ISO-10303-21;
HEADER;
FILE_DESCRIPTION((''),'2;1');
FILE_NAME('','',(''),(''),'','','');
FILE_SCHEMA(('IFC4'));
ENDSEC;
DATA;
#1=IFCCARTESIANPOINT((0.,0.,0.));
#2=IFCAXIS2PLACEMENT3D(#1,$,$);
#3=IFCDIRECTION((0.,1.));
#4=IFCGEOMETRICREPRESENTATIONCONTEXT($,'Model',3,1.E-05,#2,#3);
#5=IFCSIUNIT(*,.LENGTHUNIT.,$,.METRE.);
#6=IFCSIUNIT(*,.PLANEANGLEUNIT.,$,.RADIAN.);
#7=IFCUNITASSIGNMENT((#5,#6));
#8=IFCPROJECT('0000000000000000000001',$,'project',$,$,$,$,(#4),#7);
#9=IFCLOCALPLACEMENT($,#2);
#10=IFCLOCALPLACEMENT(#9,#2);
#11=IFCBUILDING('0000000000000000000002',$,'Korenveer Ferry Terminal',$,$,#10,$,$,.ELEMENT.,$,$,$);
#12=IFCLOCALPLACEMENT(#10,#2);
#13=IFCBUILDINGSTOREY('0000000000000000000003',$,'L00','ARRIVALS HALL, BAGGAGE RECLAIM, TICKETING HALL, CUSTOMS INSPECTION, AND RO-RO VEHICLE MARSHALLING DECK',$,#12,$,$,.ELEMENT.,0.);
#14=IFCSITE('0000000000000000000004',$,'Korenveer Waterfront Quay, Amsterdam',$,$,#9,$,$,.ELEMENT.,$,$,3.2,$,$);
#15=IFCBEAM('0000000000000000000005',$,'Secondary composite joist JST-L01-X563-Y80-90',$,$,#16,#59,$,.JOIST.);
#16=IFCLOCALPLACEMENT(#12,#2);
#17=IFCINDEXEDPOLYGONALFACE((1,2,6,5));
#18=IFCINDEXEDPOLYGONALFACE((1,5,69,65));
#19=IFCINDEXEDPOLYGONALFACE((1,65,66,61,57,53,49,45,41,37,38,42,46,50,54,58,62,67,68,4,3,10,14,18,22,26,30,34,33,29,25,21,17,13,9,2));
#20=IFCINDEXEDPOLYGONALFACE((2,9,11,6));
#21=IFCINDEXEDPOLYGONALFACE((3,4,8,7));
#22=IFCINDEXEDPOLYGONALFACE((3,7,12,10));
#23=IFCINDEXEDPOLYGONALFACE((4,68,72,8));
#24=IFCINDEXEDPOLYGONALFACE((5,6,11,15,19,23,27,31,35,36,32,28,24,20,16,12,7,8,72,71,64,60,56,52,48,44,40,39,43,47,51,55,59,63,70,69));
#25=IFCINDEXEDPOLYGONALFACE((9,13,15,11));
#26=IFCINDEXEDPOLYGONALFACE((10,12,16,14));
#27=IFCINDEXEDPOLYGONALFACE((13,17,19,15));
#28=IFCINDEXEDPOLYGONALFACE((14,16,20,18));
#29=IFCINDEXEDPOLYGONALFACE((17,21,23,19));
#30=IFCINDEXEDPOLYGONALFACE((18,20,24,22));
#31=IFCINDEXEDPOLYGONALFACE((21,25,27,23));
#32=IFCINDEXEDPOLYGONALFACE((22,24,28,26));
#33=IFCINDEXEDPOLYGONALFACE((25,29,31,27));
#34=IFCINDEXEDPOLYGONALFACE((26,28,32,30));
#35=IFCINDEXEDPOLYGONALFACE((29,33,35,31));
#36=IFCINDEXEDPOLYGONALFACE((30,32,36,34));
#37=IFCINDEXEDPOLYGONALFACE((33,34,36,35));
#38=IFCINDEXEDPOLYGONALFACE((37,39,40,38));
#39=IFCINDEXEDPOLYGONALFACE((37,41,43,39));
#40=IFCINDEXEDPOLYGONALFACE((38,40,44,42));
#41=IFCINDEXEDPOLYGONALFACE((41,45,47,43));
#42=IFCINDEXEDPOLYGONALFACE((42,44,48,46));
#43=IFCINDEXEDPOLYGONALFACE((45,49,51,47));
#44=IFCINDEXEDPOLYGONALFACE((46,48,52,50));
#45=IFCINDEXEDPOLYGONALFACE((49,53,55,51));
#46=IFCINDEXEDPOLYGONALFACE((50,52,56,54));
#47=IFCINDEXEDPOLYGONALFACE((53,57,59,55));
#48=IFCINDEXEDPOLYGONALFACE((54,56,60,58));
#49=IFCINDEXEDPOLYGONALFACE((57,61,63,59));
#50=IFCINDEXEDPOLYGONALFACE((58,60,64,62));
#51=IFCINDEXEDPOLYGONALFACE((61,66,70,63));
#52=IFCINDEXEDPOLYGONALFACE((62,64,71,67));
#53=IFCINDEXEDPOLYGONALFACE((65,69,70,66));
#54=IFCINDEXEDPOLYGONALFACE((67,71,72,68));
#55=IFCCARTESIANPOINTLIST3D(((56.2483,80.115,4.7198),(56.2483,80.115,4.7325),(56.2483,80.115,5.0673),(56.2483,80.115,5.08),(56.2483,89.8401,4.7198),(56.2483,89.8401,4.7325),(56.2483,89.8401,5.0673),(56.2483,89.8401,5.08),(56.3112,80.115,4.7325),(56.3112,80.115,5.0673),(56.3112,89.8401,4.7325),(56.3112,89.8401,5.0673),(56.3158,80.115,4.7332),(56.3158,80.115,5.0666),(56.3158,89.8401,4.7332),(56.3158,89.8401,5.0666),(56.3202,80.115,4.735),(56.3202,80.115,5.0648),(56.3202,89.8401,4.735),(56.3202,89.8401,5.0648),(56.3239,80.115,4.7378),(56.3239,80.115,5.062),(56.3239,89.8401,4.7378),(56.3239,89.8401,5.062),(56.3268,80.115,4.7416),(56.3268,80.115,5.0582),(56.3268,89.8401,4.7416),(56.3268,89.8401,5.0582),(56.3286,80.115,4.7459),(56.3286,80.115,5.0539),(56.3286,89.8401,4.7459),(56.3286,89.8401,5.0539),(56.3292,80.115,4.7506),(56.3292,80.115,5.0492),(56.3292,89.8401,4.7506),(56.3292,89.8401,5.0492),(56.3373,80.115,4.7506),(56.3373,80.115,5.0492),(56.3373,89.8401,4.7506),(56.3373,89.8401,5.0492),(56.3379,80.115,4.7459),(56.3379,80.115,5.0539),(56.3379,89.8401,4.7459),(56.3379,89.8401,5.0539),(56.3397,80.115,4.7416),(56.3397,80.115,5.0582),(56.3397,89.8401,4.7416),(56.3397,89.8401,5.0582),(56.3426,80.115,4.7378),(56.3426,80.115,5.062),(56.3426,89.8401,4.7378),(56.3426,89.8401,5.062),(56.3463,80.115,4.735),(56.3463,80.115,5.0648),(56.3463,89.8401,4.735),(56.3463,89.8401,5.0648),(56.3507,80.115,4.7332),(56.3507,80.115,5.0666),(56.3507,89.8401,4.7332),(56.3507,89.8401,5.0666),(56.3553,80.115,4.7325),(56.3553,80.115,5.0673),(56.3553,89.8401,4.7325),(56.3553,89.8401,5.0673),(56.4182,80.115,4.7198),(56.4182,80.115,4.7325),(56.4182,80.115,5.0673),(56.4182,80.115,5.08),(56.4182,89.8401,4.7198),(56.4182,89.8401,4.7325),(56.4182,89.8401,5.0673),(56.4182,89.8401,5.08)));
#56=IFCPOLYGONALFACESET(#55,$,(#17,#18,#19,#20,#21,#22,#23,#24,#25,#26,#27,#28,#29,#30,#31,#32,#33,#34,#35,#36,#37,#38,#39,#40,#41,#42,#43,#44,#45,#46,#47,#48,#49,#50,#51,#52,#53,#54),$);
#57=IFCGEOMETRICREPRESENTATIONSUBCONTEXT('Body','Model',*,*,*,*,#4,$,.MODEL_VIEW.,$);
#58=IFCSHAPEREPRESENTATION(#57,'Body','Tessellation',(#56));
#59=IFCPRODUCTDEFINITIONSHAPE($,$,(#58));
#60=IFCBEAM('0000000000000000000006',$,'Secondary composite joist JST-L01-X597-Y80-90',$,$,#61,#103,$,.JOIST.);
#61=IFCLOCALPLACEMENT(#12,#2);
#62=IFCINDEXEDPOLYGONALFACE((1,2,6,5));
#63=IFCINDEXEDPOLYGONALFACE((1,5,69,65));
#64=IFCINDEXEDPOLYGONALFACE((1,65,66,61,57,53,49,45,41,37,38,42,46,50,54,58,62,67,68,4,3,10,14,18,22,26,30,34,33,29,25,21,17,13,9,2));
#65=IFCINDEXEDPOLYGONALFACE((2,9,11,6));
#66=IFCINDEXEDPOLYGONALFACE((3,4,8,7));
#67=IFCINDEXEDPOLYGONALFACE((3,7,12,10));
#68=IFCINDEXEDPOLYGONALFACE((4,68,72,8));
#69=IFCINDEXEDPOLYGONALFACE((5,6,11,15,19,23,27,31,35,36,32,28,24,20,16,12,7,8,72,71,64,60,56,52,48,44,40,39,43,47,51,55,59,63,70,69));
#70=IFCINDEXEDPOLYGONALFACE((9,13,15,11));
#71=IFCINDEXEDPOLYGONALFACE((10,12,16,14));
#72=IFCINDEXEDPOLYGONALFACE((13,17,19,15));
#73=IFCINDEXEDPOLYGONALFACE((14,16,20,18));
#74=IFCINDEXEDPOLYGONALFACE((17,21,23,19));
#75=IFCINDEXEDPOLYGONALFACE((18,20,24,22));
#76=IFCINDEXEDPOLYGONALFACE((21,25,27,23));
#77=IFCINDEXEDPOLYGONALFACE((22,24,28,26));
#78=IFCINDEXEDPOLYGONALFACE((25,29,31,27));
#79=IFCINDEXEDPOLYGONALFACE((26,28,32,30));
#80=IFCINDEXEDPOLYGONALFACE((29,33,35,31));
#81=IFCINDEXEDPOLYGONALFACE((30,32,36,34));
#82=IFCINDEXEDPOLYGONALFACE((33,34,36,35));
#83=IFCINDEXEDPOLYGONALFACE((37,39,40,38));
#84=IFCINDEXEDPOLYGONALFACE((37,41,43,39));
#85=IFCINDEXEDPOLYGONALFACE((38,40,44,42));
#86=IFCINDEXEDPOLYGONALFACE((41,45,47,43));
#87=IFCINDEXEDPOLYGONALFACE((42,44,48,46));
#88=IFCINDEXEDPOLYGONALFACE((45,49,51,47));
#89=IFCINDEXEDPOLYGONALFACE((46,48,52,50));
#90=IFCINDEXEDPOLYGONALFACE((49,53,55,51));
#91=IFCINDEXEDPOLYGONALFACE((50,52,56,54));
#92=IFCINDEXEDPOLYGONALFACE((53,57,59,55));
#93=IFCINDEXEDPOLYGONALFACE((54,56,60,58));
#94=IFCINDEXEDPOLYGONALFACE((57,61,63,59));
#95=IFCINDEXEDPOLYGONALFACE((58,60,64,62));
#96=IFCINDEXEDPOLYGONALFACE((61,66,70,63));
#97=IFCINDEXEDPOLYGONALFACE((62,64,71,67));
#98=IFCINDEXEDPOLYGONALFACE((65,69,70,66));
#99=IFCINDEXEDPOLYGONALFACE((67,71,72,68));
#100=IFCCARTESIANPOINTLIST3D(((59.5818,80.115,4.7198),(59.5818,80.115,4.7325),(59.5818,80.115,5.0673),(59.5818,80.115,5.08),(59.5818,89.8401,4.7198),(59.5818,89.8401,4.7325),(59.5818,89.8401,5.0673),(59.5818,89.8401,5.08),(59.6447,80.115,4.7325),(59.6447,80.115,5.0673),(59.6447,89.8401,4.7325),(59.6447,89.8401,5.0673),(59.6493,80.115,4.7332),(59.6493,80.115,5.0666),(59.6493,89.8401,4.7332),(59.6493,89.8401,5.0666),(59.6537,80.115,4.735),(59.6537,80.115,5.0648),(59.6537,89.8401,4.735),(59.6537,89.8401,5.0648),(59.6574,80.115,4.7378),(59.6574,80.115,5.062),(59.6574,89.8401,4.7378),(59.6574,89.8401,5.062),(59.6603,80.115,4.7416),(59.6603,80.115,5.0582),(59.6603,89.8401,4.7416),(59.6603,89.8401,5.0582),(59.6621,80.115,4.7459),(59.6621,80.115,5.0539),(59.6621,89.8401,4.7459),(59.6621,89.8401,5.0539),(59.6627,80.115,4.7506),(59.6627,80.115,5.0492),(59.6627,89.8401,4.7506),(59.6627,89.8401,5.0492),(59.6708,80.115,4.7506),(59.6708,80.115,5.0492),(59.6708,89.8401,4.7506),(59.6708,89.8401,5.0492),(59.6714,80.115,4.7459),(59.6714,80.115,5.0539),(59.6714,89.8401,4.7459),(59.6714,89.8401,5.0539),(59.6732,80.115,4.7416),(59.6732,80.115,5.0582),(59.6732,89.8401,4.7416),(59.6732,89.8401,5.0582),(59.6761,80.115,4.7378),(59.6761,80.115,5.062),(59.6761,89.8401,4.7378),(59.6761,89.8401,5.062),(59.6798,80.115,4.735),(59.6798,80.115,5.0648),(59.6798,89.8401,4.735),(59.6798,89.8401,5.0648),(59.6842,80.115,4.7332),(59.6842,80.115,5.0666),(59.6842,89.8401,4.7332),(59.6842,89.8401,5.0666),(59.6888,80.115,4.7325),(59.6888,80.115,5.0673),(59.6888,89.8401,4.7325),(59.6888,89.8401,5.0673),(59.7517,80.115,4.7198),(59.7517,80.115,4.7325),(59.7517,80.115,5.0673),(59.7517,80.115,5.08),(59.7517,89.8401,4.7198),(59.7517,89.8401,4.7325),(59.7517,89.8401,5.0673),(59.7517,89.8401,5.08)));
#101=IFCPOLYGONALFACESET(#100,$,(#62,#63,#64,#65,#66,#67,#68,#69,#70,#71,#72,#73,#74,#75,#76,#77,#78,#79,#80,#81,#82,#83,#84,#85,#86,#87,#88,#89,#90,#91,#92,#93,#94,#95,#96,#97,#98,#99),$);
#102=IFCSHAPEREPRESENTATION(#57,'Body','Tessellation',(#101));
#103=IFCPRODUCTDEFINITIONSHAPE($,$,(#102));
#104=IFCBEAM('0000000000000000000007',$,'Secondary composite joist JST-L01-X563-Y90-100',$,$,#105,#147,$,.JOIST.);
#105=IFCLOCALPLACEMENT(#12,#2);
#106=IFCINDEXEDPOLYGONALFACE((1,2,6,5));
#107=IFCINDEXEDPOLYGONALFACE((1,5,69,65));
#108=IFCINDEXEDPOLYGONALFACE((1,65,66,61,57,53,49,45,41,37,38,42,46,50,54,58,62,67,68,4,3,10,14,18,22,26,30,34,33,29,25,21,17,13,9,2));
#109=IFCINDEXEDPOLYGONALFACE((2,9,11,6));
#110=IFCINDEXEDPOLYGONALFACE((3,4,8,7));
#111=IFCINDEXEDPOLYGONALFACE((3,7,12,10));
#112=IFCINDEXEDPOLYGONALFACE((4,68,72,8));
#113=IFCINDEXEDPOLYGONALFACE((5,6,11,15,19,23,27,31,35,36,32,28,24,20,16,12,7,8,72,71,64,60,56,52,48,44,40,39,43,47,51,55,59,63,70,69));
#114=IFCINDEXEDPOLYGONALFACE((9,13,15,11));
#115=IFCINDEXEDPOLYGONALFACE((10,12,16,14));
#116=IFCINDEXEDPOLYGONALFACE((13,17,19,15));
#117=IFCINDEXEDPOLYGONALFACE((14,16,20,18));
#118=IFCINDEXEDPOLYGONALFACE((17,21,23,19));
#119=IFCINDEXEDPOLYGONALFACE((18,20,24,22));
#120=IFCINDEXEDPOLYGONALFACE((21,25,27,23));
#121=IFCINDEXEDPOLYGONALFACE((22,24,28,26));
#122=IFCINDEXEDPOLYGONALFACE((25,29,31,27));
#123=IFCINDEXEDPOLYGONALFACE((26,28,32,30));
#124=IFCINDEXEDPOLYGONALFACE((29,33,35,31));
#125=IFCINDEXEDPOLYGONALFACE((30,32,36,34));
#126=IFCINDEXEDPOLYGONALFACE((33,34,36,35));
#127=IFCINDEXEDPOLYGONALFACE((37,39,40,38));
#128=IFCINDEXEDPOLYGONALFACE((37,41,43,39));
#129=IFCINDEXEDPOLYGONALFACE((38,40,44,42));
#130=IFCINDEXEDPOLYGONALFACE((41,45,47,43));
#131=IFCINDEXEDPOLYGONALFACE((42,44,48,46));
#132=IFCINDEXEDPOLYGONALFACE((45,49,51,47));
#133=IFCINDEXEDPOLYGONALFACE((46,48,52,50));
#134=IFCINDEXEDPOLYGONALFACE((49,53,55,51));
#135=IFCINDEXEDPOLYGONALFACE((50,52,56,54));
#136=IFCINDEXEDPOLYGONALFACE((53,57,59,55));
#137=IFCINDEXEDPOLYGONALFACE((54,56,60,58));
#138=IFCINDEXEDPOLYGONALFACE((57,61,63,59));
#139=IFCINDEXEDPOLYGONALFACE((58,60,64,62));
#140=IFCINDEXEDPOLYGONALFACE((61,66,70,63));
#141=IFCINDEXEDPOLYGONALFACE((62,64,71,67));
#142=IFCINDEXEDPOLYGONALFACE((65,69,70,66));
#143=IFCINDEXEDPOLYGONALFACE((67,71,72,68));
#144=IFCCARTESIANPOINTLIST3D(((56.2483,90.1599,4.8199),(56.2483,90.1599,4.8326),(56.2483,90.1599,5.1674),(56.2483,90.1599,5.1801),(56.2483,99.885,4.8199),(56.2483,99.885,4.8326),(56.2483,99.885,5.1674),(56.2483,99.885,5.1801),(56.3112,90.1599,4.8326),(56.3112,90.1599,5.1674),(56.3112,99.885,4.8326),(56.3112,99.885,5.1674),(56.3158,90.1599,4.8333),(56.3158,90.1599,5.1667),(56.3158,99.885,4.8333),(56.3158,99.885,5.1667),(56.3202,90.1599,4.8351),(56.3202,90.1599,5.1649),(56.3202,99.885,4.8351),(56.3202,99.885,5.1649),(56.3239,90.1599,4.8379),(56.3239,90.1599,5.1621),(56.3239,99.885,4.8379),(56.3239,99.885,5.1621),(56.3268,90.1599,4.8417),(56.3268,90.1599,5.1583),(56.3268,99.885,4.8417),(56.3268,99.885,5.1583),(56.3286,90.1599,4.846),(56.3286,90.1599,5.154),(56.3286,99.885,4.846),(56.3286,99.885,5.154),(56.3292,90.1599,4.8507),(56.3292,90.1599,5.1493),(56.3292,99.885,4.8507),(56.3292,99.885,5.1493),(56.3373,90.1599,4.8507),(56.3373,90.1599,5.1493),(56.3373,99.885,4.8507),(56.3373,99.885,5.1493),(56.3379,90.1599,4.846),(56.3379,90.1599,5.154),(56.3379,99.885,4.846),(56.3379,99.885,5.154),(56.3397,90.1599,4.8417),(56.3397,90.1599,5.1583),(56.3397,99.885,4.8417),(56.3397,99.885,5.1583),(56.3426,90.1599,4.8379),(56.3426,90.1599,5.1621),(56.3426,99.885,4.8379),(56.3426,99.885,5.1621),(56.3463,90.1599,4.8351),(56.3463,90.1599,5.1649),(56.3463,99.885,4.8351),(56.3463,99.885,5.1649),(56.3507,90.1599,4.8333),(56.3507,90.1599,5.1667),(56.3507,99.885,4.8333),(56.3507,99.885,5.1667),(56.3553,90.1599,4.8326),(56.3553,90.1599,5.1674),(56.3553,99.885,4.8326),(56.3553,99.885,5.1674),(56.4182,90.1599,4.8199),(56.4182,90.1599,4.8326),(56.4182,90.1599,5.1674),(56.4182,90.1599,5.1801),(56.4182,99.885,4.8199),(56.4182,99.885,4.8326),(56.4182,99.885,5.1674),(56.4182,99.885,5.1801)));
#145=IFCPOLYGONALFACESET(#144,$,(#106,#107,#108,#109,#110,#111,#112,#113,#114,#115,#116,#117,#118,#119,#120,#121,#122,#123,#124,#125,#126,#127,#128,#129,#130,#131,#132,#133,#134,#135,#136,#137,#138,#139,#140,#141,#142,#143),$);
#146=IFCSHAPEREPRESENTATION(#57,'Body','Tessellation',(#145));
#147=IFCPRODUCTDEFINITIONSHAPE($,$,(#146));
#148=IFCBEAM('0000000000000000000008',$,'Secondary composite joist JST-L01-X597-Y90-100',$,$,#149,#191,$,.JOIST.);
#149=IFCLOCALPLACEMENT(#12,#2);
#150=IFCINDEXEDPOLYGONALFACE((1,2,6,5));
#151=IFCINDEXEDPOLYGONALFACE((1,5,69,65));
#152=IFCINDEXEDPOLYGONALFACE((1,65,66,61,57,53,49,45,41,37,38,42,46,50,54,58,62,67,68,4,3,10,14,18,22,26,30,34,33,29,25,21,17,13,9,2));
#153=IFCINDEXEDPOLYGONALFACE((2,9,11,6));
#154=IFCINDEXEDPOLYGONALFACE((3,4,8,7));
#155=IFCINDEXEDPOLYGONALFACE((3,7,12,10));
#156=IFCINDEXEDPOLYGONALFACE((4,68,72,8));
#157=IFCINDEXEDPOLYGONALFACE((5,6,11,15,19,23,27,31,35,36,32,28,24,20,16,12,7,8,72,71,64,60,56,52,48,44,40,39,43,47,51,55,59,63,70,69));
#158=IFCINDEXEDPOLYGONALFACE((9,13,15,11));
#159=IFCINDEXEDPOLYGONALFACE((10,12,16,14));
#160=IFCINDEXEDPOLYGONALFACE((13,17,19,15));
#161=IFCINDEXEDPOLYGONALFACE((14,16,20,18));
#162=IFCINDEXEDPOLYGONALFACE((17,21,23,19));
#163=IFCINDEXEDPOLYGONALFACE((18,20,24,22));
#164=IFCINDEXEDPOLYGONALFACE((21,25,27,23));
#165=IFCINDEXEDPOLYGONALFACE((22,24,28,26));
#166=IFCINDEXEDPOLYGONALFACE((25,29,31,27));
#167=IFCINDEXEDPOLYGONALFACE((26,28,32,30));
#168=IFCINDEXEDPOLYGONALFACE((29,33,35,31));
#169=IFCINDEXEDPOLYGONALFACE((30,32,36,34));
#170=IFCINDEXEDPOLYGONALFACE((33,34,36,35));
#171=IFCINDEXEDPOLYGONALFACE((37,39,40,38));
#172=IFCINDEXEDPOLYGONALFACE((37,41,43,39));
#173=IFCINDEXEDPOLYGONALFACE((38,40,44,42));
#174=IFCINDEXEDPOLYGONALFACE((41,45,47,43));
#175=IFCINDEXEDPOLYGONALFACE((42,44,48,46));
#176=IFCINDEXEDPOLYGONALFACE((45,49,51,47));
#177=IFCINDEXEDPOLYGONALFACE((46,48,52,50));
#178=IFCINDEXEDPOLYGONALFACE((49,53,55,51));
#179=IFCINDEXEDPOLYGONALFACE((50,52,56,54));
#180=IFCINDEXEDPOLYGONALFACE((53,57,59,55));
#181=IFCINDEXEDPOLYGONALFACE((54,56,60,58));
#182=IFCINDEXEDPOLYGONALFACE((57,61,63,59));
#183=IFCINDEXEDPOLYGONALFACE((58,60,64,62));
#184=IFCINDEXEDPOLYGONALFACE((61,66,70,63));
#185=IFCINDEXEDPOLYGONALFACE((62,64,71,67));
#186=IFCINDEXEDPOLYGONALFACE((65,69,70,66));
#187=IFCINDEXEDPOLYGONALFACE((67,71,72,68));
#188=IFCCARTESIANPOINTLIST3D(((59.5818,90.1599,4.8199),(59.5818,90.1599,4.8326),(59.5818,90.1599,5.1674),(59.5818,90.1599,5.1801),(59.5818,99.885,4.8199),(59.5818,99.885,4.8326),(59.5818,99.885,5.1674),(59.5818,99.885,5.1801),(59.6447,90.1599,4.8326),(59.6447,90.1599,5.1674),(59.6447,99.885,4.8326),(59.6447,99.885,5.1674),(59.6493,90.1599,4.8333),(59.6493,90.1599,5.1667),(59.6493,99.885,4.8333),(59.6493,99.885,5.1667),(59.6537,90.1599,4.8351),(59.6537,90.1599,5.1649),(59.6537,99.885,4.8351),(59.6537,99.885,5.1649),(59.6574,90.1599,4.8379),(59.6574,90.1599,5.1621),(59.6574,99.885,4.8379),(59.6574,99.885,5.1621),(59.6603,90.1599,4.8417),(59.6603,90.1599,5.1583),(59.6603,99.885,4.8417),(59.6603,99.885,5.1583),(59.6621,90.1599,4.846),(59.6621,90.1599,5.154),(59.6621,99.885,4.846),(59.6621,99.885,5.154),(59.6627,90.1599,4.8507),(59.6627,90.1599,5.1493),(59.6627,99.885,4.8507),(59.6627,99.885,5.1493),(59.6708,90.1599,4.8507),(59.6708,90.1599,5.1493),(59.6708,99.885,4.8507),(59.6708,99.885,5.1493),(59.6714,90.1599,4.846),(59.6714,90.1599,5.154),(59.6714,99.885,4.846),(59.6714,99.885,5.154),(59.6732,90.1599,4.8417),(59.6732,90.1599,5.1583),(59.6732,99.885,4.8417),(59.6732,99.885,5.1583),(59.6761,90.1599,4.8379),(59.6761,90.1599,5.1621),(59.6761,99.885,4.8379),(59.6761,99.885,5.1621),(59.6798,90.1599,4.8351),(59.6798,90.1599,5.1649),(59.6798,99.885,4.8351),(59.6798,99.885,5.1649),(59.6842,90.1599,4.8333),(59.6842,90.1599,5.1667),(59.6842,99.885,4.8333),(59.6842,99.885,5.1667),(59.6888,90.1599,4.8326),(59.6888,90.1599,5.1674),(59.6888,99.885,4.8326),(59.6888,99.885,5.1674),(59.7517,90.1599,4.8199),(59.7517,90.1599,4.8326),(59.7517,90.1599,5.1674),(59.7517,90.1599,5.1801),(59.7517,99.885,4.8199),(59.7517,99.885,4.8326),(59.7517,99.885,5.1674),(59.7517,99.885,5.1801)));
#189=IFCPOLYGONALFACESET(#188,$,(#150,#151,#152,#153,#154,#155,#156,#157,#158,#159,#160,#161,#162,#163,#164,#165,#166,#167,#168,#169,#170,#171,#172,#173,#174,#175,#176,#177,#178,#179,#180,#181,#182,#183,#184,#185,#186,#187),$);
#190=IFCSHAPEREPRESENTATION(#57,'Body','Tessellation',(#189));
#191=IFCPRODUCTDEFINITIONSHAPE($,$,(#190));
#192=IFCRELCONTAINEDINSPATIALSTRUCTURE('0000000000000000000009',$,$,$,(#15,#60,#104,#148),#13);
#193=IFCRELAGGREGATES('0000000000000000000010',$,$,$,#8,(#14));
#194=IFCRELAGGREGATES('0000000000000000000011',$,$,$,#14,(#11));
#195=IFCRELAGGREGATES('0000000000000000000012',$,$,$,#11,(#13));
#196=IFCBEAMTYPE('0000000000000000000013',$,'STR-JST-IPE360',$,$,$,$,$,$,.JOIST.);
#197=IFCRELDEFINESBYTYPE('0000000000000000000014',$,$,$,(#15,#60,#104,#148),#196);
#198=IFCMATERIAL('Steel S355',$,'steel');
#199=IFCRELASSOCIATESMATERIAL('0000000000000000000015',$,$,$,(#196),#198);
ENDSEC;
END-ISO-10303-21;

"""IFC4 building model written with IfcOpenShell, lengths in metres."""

from ifc_helpers import new_model, si_unit, direction, frame, origin, origin_2d, place, context, subcontext, project, spatial, i_section, extrude, material, material_profile, profile_set, type_object, element, save


model = new_model("IFC4")

# Units and contexts
model_context = context("Model", 3, precision=1e-05, world=origin(), true_north=direction((0.0, 1.0)))
body_context = subcontext(model_context, "Body", "Model", "MODEL_VIEW")
ifc_project = project(units=[si_unit("LENGTHUNIT", "METRE"), si_unit("PLANEANGLEUNIT", "RADIAN")], contexts=[model_context])

# Site, building, storey
site_placement = place(None, origin())
site = spatial("IfcSite", under=ifc_project, at=site_placement, Name="Korenveer Waterfront Quay, Amsterdam", CompositionType="ELEMENT", RefElevation=3.2)
building_placement = place(site_placement, origin())
building = spatial("IfcBuilding", under=site, at=building_placement, Name="Korenveer Ferry Terminal", CompositionType="ELEMENT")
storey_placement = place(building_placement, origin())
storey = spatial("IfcBuildingStorey", under=building, at=storey_placement, Name="L00", Description="ARRIVALS HALL, BAGGAGE RECLAIM, TICKETING HALL, CUSTOMS INSPECTION, AND RO-RO VEHICLE MARSHALLING DECK", CompositionType="ELEMENT", Elevation=0.0)

# Shared definitions
ifc_material_1 = material(Name="Steel S355", Category="steel")

# Beams
ifc_material_profile_1 = material_profile(ifc_material_1, i_section(OverallWidth=0.1699, OverallDepth=0.3601, WebThickness=0.0081, FlangeThickness=0.0127, FilletRadius=0.0181, at=origin_2d()), Name="IPE 360")
ifc_profile_set_1 = profile_set([ifc_material_profile_1], Name="Steel S355")
beam_type_1 = type_object("IfcBeamType", Name="STR-JST-IPE360", PredefinedType="JOIST", material=ifc_profile_set_1)
for number, where, z_axis, x_axis, name in (
    (1, (56.3333, 80.115, 4.8999), (0.0, 1.0, 0.0), (-1.0, 0.0, 0.0), "Secondary composite joist JST-L01-X563-Y80-90"),
    (2, (59.6667, 80.115, 4.8999), (0.0, 1.0, 0.0), (-1.0, 0.0, 0.0), "Secondary composite joist JST-L01-X597-Y80-90"),
    (3, (56.3333, 90.1599, 5.0), (0.0, 1.0, 0.0), (-1.0, 0.0, 0.0), "Secondary composite joist JST-L01-X563-Y90-100"),
    (4, (59.6667, 90.1599, 5.0), (0.0, 1.0, 0.0), (-1.0, 0.0, 0.0), "Secondary composite joist JST-L01-X597-Y90-100"),
):
    element("IfcBeam", number, at=place(storey_placement, frame(where, z_axis=z_axis, x_axis=x_axis)), inside=storey, type_object=beam_type_1, Name=name, PredefinedType="JOIST", context=body_context, shape_type="SweptSolid", body=[
        extrude(i_section(OverallWidth=0.1699, OverallDepth=0.3601, WebThickness=0.0081, FlangeThickness=0.0127, FilletRadius=0.0181, at=origin_2d()), origin(), (0.0, 0.0, 1.0), 9.7251),
    ])

save(model, "model.ifc")
